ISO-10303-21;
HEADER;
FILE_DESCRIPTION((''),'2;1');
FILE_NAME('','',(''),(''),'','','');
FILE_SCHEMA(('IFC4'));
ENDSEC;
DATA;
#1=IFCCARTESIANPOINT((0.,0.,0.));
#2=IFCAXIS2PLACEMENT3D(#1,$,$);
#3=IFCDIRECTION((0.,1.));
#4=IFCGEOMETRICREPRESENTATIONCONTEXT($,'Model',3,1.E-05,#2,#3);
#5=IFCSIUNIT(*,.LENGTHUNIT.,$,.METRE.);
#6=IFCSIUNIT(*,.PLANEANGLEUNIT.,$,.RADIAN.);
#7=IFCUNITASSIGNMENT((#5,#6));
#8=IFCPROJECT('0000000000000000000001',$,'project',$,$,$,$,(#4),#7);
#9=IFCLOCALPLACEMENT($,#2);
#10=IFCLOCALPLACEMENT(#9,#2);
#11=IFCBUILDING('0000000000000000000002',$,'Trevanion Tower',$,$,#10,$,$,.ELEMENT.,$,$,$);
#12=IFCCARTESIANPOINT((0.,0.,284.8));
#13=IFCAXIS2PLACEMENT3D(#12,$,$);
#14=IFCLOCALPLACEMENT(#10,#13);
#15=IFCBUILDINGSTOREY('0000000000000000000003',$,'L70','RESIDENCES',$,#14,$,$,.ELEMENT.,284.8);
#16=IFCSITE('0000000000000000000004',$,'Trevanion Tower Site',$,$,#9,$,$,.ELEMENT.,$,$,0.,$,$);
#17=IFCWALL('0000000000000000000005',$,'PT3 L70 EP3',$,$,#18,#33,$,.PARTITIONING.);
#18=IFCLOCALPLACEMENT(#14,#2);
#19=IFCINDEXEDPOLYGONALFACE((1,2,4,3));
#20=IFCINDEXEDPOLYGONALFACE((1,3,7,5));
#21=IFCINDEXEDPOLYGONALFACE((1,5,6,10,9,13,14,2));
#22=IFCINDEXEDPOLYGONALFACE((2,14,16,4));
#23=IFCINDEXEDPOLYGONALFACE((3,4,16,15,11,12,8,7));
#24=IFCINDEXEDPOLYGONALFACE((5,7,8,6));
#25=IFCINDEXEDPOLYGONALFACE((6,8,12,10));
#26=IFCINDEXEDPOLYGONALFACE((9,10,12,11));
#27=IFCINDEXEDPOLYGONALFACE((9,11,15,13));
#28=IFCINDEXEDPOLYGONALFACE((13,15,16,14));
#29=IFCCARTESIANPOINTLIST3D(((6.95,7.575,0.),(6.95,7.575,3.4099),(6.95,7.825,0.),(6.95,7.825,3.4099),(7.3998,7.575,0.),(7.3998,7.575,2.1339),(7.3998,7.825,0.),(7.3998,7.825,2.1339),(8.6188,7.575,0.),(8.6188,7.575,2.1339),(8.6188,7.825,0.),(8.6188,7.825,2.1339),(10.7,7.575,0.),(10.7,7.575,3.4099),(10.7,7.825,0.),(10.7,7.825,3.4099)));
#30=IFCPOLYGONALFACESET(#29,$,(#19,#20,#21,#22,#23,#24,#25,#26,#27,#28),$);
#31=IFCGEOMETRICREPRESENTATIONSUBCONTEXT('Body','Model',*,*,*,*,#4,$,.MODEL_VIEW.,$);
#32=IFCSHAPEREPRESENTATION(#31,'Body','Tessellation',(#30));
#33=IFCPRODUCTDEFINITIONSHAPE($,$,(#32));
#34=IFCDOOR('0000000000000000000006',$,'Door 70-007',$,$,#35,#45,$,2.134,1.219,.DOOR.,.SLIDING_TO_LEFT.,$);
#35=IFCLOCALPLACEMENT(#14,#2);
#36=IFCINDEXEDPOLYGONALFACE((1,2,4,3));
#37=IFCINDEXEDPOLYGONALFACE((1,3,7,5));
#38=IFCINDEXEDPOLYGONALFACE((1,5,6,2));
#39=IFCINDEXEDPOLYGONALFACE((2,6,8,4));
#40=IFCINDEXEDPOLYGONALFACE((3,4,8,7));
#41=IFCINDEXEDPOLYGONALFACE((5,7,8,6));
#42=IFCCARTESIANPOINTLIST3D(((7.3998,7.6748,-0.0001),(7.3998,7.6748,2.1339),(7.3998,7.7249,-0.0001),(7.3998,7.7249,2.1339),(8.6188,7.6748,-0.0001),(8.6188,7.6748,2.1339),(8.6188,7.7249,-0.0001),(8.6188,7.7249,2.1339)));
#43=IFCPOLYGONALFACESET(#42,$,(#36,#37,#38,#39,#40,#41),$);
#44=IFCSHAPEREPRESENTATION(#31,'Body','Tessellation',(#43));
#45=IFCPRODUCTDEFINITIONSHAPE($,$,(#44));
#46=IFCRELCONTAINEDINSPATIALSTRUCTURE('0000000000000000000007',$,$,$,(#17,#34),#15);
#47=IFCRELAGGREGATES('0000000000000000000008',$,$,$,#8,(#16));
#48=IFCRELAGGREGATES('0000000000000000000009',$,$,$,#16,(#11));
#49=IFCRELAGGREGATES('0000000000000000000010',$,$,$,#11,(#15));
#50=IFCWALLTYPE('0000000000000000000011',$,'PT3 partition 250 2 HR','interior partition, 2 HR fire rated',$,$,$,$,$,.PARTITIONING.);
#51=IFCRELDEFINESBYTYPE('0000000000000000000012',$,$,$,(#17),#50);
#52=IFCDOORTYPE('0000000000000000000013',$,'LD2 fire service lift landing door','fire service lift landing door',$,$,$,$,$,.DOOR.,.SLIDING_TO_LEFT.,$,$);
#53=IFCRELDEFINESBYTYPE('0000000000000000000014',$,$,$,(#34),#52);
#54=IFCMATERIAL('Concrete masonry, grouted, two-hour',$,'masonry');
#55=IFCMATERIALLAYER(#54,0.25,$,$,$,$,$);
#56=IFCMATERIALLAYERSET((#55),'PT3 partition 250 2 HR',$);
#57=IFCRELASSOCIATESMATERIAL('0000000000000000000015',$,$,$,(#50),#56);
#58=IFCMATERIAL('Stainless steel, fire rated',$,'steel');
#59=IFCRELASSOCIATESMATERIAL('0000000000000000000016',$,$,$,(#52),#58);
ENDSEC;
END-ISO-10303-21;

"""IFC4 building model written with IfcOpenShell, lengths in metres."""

from ifc_helpers import new_model, si_unit, direction, frame, frame_2d, origin, place, context, subcontext, project, spatial, rectangle, extrude, material, layer, layer_set, type_object, element, fill, save


model = new_model("IFC4")

# Units and contexts
model_context = context("Model", 3, precision=1e-05, world=origin(), true_north=direction((0.0, 1.0)))
body_context = subcontext(model_context, "Body", "Model", "MODEL_VIEW")
ifc_project = project(units=[si_unit("LENGTHUNIT", "METRE"), si_unit("PLANEANGLEUNIT", "RADIAN")], contexts=[model_context])

# Site, building, storey
site_placement = place(None, origin())
site = spatial("IfcSite", under=ifc_project, at=site_placement, Name="Trevanion Tower Site", CompositionType="ELEMENT", RefElevation=0.0)
building_placement = place(site_placement, origin())
building = spatial("IfcBuilding", under=site, at=building_placement, Name="Trevanion Tower", CompositionType="ELEMENT")
storey_placement = place(building_placement, frame((0.0, 0.0, 284.8)))
storey = spatial("IfcBuildingStorey", under=building, at=storey_placement, Name="L70", Description="RESIDENCES", CompositionType="ELEMENT", Elevation=284.8)

# Wall, opening, door
ifc_material_1 = material(Name="Concrete masonry, grouted, two-hour", Category="masonry")
ifc_layer_1 = layer(ifc_material_1, 0.25)
ifc_layer_set_1 = layer_set([ifc_layer_1], Name="PT3 partition 250 2 HR")
wall_type_1 = type_object("IfcWallType", Name="PT3 partition 250 2 HR", Description="interior partition, 2 HR fire rated", PredefinedType="PARTITIONING", material=ifc_layer_set_1)
wall_1_placement = place(storey_placement, frame((6.95, 7.7, 0.0), z_axis=(0.0, 0.0, 1.0), x_axis=(1.0, 0.0, 0.0)))
wall_1 = element("IfcWall", 1, at=wall_1_placement, inside=storey, type_object=wall_type_1, Name="PT3 L70 EP3", PredefinedType="PARTITIONING", context=body_context, shape_type="SweptSolid", body=[
    extrude(rectangle(XDim=3.75, YDim=0.25, at=frame_2d((1.875, 0.0))), origin(), (0.0, 0.0, 1.0), 3.4099),
])
opening_1_placement = place(wall_1_placement, frame((0.45, 0.0, 0.0)))
opening_1 = element("IfcOpeningElement", 2, at=opening_1_placement, cuts=wall_1, PredefinedType="OPENING", context=body_context, shape_type="SweptSolid", body=[
    extrude(rectangle(XDim=1.219, YDim=2.134, at=frame_2d((0.6094, 1.0669))), frame((0.0, 0.135, 0.0), z_axis=(0.0, -1.0, 0.0), x_axis=(1.0, 0.0, 0.0)), (0.0, 0.0, 1.0), 0.27),
])
ifc_material_2 = material(Name="Stainless steel, fire rated", Category="steel")
door_type_1 = type_object("IfcDoorType", Name="LD2 fire service lift landing door", Description="fire service lift landing door", OperationType="SLIDING_TO_LEFT", PredefinedType="DOOR", material=ifc_material_2)
door_1_placement = place(opening_1_placement, origin())
door_1 = element("IfcDoor", 3, at=door_1_placement, inside=storey, type_object=door_type_1, Name="Door 70-007", OperationType="SLIDING_TO_LEFT", OverallHeight=2.134, OverallWidth=1.219, PredefinedType="DOOR", context=body_context, shape_type="SweptSolid", body=[
    extrude(rectangle(XDim=1.219, YDim=2.134, at=frame_2d((0.6094, 1.0669))), frame((0.0, 0.0249, 0.0), z_axis=(0.0, -1.0, 0.0), x_axis=(1.0, 0.0, 0.0)), (0.0, 0.0, 1.0), 0.05),
])
fill(opening_1, door_1)

save(model, "model.ifc")
